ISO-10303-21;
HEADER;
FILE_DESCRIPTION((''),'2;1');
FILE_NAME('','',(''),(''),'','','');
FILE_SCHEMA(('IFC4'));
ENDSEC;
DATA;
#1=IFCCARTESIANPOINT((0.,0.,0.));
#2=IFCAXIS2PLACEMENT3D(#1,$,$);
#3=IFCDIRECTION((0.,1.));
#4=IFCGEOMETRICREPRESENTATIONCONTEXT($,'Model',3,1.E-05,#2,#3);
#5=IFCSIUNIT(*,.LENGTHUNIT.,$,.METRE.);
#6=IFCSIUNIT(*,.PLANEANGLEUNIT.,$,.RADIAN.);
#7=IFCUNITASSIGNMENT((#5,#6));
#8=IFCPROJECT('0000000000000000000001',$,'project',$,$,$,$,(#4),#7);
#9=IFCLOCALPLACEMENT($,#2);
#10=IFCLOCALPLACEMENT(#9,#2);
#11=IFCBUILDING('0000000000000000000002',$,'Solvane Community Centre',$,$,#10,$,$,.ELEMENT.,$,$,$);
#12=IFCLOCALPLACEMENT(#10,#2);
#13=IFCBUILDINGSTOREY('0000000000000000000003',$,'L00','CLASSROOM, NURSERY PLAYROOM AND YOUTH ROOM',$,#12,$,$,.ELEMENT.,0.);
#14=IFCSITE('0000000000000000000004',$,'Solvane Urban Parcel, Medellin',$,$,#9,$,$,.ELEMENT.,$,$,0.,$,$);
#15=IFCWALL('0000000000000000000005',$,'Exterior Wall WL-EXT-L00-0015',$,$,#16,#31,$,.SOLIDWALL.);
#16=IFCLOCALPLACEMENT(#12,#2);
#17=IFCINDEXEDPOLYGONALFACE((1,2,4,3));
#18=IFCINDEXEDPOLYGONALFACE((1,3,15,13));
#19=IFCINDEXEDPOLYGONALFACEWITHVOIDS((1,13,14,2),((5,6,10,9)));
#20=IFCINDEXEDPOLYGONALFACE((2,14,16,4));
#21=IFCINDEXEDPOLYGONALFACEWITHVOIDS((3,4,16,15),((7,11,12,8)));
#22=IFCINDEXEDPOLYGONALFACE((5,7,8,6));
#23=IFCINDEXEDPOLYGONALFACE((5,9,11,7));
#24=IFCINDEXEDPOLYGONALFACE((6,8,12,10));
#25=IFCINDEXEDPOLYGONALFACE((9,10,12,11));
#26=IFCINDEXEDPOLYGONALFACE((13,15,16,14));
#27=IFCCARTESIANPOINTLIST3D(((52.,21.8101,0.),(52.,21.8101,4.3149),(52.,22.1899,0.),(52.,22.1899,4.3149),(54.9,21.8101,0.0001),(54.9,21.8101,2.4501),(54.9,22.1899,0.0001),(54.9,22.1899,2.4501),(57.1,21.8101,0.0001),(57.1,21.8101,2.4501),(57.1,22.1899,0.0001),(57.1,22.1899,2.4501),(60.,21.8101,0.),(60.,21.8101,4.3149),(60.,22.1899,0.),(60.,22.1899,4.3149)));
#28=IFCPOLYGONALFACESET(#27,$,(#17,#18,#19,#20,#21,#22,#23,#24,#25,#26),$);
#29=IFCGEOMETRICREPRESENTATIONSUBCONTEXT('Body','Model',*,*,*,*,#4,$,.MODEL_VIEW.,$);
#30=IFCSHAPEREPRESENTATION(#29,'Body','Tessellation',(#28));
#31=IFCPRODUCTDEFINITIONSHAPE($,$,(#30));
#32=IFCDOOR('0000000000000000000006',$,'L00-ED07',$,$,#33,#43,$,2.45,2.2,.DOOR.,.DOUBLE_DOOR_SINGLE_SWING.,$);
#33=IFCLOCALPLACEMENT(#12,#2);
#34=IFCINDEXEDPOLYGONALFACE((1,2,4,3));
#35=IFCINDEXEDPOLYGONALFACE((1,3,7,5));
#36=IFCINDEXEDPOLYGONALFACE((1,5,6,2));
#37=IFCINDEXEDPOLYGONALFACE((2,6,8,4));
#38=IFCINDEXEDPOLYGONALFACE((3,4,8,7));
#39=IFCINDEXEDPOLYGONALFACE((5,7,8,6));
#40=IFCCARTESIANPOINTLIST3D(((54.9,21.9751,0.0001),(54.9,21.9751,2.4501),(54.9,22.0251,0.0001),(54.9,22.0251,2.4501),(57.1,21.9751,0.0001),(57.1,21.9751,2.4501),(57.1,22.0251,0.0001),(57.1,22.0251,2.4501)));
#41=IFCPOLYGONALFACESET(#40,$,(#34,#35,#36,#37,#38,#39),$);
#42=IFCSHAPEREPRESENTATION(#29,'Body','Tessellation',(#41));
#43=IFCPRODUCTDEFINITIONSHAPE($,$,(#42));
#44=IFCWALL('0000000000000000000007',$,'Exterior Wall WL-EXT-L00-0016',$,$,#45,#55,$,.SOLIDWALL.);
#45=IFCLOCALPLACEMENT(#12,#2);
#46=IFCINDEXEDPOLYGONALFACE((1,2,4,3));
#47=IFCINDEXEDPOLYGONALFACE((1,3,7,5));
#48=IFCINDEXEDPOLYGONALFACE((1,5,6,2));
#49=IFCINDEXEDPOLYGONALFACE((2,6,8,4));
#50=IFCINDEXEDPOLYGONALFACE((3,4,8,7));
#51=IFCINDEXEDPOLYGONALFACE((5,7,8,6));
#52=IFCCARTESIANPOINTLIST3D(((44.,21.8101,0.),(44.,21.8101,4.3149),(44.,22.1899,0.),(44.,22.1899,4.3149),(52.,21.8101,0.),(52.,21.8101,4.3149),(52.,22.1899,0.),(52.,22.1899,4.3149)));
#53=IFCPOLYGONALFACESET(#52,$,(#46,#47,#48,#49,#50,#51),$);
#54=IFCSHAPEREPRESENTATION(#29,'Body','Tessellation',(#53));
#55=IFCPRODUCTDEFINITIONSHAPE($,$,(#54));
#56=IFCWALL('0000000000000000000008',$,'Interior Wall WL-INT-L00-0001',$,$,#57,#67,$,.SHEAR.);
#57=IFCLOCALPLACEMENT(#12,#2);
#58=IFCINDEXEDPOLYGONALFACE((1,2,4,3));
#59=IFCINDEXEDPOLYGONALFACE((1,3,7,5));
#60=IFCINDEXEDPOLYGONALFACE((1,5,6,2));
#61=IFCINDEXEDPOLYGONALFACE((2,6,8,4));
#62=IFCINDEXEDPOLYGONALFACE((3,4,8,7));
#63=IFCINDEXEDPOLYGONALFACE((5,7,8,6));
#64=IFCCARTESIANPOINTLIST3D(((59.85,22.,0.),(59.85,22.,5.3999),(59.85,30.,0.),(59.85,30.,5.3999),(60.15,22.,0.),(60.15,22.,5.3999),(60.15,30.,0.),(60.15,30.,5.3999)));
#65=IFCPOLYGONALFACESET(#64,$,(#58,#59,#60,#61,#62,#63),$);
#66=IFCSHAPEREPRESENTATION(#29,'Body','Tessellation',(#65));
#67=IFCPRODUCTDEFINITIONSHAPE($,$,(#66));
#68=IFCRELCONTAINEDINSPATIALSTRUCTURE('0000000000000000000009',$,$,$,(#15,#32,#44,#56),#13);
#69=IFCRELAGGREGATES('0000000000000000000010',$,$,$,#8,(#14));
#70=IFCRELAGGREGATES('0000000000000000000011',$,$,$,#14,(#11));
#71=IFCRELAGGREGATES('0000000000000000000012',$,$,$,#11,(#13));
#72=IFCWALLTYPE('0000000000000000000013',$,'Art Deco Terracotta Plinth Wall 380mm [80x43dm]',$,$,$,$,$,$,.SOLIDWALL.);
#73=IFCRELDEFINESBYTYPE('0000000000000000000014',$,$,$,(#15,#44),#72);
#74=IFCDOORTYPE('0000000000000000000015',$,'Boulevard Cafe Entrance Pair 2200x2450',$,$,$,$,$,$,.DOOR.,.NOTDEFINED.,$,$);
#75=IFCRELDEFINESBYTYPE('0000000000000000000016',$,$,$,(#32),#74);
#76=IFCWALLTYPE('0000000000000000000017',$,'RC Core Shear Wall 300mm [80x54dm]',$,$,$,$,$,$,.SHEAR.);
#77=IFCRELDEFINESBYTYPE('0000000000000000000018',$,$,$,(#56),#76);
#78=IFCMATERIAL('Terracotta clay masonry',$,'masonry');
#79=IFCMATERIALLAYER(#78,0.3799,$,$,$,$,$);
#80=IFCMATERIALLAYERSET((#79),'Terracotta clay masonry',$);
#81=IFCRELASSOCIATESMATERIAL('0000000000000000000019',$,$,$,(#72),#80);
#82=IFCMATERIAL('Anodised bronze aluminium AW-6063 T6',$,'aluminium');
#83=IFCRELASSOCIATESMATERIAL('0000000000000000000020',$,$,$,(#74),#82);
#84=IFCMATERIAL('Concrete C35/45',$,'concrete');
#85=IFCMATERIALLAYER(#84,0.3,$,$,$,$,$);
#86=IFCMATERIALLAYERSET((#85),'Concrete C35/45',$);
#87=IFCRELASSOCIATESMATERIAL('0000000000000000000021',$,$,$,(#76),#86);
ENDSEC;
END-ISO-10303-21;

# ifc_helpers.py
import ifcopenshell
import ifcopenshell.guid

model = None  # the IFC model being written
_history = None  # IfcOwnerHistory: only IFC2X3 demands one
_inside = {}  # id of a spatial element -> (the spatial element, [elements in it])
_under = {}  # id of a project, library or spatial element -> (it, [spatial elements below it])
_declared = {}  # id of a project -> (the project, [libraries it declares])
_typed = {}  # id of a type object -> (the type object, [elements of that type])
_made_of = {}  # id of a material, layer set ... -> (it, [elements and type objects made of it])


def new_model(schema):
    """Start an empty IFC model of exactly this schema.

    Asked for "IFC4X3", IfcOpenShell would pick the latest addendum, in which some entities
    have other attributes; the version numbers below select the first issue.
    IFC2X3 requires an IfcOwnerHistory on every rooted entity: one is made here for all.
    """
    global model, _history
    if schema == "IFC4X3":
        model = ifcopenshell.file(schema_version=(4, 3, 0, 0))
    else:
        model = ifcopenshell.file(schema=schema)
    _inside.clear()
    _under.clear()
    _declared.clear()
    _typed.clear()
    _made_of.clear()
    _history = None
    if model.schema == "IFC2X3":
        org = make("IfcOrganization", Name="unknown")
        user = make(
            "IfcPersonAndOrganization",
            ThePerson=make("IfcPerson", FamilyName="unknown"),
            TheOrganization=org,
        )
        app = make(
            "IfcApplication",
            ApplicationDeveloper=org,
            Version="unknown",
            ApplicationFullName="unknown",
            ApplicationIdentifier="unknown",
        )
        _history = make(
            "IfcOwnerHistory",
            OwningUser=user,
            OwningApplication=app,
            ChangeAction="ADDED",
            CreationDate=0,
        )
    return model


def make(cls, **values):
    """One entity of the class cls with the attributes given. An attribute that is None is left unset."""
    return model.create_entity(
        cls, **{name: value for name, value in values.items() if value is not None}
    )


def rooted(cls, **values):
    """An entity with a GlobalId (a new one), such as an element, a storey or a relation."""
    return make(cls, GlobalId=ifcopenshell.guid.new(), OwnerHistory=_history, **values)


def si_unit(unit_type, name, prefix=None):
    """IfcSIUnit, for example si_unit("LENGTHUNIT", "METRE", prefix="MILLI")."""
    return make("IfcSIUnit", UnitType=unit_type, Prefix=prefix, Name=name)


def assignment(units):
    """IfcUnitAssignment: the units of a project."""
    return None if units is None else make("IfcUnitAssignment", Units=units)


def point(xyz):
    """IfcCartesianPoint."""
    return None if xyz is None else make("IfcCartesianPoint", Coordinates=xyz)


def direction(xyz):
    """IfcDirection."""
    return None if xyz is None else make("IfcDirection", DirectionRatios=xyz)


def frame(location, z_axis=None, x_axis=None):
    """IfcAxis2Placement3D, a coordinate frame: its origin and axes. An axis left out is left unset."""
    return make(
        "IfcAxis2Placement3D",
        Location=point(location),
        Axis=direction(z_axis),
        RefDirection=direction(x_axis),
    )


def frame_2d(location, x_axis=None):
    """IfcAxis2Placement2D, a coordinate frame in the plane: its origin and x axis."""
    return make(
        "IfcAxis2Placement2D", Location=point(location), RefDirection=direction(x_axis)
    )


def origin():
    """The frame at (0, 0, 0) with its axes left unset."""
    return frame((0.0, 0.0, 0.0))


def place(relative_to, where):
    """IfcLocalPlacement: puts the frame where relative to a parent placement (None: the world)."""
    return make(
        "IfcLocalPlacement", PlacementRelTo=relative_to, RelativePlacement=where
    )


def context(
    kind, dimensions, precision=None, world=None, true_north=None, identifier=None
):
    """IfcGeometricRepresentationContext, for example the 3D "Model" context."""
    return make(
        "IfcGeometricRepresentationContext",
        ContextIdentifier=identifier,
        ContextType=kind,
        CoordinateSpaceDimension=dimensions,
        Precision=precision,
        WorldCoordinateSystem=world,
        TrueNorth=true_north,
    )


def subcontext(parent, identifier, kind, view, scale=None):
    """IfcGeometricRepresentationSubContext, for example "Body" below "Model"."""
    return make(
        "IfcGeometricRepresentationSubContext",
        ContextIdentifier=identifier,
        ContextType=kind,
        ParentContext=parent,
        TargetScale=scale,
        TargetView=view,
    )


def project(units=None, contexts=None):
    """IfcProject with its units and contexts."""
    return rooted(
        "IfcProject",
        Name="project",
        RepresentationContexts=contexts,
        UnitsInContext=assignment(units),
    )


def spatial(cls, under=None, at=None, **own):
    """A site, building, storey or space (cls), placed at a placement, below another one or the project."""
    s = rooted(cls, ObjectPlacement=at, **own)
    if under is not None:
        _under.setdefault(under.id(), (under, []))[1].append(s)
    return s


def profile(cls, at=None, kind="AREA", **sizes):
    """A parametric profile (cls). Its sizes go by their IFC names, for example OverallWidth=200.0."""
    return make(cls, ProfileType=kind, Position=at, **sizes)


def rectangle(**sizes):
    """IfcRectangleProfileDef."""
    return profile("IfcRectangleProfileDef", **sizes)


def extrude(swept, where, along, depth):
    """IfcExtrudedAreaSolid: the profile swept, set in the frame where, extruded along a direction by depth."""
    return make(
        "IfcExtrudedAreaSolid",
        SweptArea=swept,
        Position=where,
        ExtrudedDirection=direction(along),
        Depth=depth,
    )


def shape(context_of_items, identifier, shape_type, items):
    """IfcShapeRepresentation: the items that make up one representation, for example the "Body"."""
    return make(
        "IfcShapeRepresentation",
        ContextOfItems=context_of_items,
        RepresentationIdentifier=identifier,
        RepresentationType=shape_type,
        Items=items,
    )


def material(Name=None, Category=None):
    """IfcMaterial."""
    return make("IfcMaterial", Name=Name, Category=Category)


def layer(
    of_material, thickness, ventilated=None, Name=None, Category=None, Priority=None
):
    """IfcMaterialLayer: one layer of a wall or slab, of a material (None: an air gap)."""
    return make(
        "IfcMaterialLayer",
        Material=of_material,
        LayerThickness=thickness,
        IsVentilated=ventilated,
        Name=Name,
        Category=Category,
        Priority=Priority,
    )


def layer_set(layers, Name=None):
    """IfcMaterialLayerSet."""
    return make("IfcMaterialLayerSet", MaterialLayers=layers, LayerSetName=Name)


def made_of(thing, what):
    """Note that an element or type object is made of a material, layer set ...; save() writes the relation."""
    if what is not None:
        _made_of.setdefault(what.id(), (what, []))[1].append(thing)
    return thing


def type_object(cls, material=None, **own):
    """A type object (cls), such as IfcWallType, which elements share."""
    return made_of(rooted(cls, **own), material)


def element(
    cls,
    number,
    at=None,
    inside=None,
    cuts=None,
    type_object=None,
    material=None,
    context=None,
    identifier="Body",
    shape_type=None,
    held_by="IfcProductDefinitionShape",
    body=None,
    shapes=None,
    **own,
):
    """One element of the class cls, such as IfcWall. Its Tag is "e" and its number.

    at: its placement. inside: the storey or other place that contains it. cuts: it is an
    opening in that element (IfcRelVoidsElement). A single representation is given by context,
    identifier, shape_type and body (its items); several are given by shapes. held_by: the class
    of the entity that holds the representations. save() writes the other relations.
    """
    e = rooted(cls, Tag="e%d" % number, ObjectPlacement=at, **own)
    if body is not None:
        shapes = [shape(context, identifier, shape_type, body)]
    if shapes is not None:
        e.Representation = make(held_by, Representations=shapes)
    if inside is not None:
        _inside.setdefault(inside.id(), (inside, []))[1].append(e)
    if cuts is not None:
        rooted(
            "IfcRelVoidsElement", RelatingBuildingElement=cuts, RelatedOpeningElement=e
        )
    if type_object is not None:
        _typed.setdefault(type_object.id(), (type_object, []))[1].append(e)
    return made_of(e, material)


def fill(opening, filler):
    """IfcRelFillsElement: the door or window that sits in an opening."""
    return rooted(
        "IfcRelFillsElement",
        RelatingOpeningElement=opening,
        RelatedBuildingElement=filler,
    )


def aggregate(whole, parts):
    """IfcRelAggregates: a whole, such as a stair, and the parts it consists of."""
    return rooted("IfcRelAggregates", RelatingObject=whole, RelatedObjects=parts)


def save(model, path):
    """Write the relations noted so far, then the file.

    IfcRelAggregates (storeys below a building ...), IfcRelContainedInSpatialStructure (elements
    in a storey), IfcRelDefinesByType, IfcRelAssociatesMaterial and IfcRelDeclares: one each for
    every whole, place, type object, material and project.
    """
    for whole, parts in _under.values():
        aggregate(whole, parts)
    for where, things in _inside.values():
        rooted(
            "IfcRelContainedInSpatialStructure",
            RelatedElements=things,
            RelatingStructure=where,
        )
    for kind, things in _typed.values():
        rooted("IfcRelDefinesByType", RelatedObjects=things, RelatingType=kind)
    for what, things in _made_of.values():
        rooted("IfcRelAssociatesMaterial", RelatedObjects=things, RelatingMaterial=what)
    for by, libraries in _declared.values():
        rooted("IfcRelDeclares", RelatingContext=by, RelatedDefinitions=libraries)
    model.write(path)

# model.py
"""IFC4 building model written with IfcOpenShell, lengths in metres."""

from ifc_helpers import new_model, si_unit, direction, frame, frame_2d, origin, place, context, subcontext, project, spatial, rectangle, extrude, material, layer, layer_set, type_object, element, fill, save


model = new_model("IFC4")

# Units and contexts
model_context = context("Model", 3, precision=1e-05, world=origin(), true_north=direction((0.0, 1.0)))
body_context = subcontext(model_context, "Body", "Model", "MODEL_VIEW")
ifc_project = project(units=[si_unit("LENGTHUNIT", "METRE"), si_unit("PLANEANGLEUNIT", "RADIAN")], contexts=[model_context])

# Site, building, storey
site_placement = place(None, origin())
site = spatial("IfcSite", under=ifc_project, at=site_placement, Name="Solvane Urban Parcel, Medellin", CompositionType="ELEMENT", RefElevation=0.0)
building_placement = place(site_placement, origin())
building = spatial("IfcBuilding", under=site, at=building_placement, Name="Solvane Community Centre", CompositionType="ELEMENT")
storey_placement = place(building_placement, origin())
storey = spatial("IfcBuildingStorey", under=building, at=storey_placement, Name="L00", Description="CLASSROOM, NURSERY PLAYROOM AND YOUTH ROOM", CompositionType="ELEMENT", Elevation=0.0)

# Shared definitions
ifc_material_1 = material(Name="Concrete C35/45", Category="concrete")

# Wall, opening, door
ifc_material_2 = material(Name="Terracotta clay masonry", Category="masonry")
ifc_layer_1 = layer(ifc_material_2, 0.3799)
ifc_layer_set_1 = layer_set([ifc_layer_1], Name="Terracotta clay masonry")
wall_type_1 = type_object("IfcWallType", Name="Art Deco Terracotta Plinth Wall 380mm [80x43dm]", PredefinedType="SOLIDWALL", material=ifc_layer_set_1)
wall_1_placement = place(storey_placement, frame((60.0, 22.0, 0.0), z_axis=(0.0, 0.0, 1.0), x_axis=(-1.0, 0.0, 0.0)))
wall_1 = element("IfcWall", 1, at=wall_1_placement, inside=storey, type_object=wall_type_1, Name="Exterior Wall WL-EXT-L00-0015", PredefinedType="SOLIDWALL", context=body_context, shape_type="SweptSolid", body=[
    extrude(rectangle(XDim=8.0, YDim=0.3799, at=frame_2d((4.0, 0.0))), origin(), (0.0, 0.0, 1.0), 4.3149),
])
opening_placement = place(wall_1_placement, frame((2.8999, 0.0, 0.0)))
opening = element("IfcOpeningElement", 2, at=opening_placement, cuts=wall_1, PredefinedType="OPENING", context=body_context, shape_type="SweptSolid", body=[
    extrude(rectangle(XDim=2.2, YDim=2.45, at=frame_2d((1.1001, 1.2251))), frame((0.0, 0.2, 0.0), z_axis=(0.0, -1.0, 0.0), x_axis=(1.0, 0.0, 0.0)), (0.0, 0.0, 1.0), 0.3999),
])
ifc_material_3 = material(Name="Anodised bronze aluminium AW-6063 T6", Category="aluminium")
door_type = type_object("IfcDoorType", Name="Boulevard Cafe Entrance Pair 2200x2450", OperationType="NOTDEFINED", PredefinedType="DOOR", material=ifc_material_3)
door_placement = place(opening_placement, origin())
door = element("IfcDoor", 3, at=door_placement, inside=storey, type_object=door_type, Name="L00-ED07", OperationType="DOUBLE_DOOR_SINGLE_SWING", OverallHeight=2.45, OverallWidth=2.2, PredefinedType="DOOR", context=body_context, shape_type="SweptSolid", body=[
    extrude(rectangle(XDim=2.2, YDim=2.45, at=frame_2d((1.1001, 1.2251))), frame((0.0, 0.0249, 0.0), z_axis=(0.0, -1.0, 0.0), x_axis=(1.0, 0.0, 0.0)), (0.0, 0.0, 1.0), 0.05),
])
fill(opening, door)

# Walls
wall_2_placement = place(storey_placement, frame((52.0, 22.0, 0.0), z_axis=(0.0, 0.0, 1.0), x_axis=(-1.0, 0.0, 0.0)))
element("IfcWall", 4, at=wall_2_placement, inside=storey, type_object=wall_type_1, Name="Exterior Wall WL-EXT-L00-0016", PredefinedType="SOLIDWALL", context=body_context, shape_type="SweptSolid", body=[
    extrude(rectangle(XDim=8.0, YDim=0.3799, at=frame_2d((4.0, 0.0))), origin(), (0.0, 0.0, 1.0), 4.3149),
])
ifc_layer_2 = layer(ifc_material_1, 0.3)
ifc_layer_set_2 = layer_set([ifc_layer_2], Name="Concrete C35/45")
wall_type_2 = type_object("IfcWallType", Name="RC Core Shear Wall 300mm [80x54dm]", PredefinedType="SHEAR", material=ifc_layer_set_2)
wall_3_placement = place(storey_placement, frame((60.0, 22.0, 0.0), z_axis=(0.0, 0.0, 1.0), x_axis=(0.0, 1.0, 0.0)))
element("IfcWall", 5, at=wall_3_placement, inside=storey, type_object=wall_type_2, Name="Interior Wall WL-INT-L00-0001", PredefinedType="SHEAR", context=body_context, shape_type="SweptSolid", body=[
    extrude(rectangle(XDim=8.0, YDim=0.3, at=frame_2d((4.0, 0.0))), origin(), (0.0, 0.0, 1.0), 5.3999),
])

save(model, "model.ifc")
